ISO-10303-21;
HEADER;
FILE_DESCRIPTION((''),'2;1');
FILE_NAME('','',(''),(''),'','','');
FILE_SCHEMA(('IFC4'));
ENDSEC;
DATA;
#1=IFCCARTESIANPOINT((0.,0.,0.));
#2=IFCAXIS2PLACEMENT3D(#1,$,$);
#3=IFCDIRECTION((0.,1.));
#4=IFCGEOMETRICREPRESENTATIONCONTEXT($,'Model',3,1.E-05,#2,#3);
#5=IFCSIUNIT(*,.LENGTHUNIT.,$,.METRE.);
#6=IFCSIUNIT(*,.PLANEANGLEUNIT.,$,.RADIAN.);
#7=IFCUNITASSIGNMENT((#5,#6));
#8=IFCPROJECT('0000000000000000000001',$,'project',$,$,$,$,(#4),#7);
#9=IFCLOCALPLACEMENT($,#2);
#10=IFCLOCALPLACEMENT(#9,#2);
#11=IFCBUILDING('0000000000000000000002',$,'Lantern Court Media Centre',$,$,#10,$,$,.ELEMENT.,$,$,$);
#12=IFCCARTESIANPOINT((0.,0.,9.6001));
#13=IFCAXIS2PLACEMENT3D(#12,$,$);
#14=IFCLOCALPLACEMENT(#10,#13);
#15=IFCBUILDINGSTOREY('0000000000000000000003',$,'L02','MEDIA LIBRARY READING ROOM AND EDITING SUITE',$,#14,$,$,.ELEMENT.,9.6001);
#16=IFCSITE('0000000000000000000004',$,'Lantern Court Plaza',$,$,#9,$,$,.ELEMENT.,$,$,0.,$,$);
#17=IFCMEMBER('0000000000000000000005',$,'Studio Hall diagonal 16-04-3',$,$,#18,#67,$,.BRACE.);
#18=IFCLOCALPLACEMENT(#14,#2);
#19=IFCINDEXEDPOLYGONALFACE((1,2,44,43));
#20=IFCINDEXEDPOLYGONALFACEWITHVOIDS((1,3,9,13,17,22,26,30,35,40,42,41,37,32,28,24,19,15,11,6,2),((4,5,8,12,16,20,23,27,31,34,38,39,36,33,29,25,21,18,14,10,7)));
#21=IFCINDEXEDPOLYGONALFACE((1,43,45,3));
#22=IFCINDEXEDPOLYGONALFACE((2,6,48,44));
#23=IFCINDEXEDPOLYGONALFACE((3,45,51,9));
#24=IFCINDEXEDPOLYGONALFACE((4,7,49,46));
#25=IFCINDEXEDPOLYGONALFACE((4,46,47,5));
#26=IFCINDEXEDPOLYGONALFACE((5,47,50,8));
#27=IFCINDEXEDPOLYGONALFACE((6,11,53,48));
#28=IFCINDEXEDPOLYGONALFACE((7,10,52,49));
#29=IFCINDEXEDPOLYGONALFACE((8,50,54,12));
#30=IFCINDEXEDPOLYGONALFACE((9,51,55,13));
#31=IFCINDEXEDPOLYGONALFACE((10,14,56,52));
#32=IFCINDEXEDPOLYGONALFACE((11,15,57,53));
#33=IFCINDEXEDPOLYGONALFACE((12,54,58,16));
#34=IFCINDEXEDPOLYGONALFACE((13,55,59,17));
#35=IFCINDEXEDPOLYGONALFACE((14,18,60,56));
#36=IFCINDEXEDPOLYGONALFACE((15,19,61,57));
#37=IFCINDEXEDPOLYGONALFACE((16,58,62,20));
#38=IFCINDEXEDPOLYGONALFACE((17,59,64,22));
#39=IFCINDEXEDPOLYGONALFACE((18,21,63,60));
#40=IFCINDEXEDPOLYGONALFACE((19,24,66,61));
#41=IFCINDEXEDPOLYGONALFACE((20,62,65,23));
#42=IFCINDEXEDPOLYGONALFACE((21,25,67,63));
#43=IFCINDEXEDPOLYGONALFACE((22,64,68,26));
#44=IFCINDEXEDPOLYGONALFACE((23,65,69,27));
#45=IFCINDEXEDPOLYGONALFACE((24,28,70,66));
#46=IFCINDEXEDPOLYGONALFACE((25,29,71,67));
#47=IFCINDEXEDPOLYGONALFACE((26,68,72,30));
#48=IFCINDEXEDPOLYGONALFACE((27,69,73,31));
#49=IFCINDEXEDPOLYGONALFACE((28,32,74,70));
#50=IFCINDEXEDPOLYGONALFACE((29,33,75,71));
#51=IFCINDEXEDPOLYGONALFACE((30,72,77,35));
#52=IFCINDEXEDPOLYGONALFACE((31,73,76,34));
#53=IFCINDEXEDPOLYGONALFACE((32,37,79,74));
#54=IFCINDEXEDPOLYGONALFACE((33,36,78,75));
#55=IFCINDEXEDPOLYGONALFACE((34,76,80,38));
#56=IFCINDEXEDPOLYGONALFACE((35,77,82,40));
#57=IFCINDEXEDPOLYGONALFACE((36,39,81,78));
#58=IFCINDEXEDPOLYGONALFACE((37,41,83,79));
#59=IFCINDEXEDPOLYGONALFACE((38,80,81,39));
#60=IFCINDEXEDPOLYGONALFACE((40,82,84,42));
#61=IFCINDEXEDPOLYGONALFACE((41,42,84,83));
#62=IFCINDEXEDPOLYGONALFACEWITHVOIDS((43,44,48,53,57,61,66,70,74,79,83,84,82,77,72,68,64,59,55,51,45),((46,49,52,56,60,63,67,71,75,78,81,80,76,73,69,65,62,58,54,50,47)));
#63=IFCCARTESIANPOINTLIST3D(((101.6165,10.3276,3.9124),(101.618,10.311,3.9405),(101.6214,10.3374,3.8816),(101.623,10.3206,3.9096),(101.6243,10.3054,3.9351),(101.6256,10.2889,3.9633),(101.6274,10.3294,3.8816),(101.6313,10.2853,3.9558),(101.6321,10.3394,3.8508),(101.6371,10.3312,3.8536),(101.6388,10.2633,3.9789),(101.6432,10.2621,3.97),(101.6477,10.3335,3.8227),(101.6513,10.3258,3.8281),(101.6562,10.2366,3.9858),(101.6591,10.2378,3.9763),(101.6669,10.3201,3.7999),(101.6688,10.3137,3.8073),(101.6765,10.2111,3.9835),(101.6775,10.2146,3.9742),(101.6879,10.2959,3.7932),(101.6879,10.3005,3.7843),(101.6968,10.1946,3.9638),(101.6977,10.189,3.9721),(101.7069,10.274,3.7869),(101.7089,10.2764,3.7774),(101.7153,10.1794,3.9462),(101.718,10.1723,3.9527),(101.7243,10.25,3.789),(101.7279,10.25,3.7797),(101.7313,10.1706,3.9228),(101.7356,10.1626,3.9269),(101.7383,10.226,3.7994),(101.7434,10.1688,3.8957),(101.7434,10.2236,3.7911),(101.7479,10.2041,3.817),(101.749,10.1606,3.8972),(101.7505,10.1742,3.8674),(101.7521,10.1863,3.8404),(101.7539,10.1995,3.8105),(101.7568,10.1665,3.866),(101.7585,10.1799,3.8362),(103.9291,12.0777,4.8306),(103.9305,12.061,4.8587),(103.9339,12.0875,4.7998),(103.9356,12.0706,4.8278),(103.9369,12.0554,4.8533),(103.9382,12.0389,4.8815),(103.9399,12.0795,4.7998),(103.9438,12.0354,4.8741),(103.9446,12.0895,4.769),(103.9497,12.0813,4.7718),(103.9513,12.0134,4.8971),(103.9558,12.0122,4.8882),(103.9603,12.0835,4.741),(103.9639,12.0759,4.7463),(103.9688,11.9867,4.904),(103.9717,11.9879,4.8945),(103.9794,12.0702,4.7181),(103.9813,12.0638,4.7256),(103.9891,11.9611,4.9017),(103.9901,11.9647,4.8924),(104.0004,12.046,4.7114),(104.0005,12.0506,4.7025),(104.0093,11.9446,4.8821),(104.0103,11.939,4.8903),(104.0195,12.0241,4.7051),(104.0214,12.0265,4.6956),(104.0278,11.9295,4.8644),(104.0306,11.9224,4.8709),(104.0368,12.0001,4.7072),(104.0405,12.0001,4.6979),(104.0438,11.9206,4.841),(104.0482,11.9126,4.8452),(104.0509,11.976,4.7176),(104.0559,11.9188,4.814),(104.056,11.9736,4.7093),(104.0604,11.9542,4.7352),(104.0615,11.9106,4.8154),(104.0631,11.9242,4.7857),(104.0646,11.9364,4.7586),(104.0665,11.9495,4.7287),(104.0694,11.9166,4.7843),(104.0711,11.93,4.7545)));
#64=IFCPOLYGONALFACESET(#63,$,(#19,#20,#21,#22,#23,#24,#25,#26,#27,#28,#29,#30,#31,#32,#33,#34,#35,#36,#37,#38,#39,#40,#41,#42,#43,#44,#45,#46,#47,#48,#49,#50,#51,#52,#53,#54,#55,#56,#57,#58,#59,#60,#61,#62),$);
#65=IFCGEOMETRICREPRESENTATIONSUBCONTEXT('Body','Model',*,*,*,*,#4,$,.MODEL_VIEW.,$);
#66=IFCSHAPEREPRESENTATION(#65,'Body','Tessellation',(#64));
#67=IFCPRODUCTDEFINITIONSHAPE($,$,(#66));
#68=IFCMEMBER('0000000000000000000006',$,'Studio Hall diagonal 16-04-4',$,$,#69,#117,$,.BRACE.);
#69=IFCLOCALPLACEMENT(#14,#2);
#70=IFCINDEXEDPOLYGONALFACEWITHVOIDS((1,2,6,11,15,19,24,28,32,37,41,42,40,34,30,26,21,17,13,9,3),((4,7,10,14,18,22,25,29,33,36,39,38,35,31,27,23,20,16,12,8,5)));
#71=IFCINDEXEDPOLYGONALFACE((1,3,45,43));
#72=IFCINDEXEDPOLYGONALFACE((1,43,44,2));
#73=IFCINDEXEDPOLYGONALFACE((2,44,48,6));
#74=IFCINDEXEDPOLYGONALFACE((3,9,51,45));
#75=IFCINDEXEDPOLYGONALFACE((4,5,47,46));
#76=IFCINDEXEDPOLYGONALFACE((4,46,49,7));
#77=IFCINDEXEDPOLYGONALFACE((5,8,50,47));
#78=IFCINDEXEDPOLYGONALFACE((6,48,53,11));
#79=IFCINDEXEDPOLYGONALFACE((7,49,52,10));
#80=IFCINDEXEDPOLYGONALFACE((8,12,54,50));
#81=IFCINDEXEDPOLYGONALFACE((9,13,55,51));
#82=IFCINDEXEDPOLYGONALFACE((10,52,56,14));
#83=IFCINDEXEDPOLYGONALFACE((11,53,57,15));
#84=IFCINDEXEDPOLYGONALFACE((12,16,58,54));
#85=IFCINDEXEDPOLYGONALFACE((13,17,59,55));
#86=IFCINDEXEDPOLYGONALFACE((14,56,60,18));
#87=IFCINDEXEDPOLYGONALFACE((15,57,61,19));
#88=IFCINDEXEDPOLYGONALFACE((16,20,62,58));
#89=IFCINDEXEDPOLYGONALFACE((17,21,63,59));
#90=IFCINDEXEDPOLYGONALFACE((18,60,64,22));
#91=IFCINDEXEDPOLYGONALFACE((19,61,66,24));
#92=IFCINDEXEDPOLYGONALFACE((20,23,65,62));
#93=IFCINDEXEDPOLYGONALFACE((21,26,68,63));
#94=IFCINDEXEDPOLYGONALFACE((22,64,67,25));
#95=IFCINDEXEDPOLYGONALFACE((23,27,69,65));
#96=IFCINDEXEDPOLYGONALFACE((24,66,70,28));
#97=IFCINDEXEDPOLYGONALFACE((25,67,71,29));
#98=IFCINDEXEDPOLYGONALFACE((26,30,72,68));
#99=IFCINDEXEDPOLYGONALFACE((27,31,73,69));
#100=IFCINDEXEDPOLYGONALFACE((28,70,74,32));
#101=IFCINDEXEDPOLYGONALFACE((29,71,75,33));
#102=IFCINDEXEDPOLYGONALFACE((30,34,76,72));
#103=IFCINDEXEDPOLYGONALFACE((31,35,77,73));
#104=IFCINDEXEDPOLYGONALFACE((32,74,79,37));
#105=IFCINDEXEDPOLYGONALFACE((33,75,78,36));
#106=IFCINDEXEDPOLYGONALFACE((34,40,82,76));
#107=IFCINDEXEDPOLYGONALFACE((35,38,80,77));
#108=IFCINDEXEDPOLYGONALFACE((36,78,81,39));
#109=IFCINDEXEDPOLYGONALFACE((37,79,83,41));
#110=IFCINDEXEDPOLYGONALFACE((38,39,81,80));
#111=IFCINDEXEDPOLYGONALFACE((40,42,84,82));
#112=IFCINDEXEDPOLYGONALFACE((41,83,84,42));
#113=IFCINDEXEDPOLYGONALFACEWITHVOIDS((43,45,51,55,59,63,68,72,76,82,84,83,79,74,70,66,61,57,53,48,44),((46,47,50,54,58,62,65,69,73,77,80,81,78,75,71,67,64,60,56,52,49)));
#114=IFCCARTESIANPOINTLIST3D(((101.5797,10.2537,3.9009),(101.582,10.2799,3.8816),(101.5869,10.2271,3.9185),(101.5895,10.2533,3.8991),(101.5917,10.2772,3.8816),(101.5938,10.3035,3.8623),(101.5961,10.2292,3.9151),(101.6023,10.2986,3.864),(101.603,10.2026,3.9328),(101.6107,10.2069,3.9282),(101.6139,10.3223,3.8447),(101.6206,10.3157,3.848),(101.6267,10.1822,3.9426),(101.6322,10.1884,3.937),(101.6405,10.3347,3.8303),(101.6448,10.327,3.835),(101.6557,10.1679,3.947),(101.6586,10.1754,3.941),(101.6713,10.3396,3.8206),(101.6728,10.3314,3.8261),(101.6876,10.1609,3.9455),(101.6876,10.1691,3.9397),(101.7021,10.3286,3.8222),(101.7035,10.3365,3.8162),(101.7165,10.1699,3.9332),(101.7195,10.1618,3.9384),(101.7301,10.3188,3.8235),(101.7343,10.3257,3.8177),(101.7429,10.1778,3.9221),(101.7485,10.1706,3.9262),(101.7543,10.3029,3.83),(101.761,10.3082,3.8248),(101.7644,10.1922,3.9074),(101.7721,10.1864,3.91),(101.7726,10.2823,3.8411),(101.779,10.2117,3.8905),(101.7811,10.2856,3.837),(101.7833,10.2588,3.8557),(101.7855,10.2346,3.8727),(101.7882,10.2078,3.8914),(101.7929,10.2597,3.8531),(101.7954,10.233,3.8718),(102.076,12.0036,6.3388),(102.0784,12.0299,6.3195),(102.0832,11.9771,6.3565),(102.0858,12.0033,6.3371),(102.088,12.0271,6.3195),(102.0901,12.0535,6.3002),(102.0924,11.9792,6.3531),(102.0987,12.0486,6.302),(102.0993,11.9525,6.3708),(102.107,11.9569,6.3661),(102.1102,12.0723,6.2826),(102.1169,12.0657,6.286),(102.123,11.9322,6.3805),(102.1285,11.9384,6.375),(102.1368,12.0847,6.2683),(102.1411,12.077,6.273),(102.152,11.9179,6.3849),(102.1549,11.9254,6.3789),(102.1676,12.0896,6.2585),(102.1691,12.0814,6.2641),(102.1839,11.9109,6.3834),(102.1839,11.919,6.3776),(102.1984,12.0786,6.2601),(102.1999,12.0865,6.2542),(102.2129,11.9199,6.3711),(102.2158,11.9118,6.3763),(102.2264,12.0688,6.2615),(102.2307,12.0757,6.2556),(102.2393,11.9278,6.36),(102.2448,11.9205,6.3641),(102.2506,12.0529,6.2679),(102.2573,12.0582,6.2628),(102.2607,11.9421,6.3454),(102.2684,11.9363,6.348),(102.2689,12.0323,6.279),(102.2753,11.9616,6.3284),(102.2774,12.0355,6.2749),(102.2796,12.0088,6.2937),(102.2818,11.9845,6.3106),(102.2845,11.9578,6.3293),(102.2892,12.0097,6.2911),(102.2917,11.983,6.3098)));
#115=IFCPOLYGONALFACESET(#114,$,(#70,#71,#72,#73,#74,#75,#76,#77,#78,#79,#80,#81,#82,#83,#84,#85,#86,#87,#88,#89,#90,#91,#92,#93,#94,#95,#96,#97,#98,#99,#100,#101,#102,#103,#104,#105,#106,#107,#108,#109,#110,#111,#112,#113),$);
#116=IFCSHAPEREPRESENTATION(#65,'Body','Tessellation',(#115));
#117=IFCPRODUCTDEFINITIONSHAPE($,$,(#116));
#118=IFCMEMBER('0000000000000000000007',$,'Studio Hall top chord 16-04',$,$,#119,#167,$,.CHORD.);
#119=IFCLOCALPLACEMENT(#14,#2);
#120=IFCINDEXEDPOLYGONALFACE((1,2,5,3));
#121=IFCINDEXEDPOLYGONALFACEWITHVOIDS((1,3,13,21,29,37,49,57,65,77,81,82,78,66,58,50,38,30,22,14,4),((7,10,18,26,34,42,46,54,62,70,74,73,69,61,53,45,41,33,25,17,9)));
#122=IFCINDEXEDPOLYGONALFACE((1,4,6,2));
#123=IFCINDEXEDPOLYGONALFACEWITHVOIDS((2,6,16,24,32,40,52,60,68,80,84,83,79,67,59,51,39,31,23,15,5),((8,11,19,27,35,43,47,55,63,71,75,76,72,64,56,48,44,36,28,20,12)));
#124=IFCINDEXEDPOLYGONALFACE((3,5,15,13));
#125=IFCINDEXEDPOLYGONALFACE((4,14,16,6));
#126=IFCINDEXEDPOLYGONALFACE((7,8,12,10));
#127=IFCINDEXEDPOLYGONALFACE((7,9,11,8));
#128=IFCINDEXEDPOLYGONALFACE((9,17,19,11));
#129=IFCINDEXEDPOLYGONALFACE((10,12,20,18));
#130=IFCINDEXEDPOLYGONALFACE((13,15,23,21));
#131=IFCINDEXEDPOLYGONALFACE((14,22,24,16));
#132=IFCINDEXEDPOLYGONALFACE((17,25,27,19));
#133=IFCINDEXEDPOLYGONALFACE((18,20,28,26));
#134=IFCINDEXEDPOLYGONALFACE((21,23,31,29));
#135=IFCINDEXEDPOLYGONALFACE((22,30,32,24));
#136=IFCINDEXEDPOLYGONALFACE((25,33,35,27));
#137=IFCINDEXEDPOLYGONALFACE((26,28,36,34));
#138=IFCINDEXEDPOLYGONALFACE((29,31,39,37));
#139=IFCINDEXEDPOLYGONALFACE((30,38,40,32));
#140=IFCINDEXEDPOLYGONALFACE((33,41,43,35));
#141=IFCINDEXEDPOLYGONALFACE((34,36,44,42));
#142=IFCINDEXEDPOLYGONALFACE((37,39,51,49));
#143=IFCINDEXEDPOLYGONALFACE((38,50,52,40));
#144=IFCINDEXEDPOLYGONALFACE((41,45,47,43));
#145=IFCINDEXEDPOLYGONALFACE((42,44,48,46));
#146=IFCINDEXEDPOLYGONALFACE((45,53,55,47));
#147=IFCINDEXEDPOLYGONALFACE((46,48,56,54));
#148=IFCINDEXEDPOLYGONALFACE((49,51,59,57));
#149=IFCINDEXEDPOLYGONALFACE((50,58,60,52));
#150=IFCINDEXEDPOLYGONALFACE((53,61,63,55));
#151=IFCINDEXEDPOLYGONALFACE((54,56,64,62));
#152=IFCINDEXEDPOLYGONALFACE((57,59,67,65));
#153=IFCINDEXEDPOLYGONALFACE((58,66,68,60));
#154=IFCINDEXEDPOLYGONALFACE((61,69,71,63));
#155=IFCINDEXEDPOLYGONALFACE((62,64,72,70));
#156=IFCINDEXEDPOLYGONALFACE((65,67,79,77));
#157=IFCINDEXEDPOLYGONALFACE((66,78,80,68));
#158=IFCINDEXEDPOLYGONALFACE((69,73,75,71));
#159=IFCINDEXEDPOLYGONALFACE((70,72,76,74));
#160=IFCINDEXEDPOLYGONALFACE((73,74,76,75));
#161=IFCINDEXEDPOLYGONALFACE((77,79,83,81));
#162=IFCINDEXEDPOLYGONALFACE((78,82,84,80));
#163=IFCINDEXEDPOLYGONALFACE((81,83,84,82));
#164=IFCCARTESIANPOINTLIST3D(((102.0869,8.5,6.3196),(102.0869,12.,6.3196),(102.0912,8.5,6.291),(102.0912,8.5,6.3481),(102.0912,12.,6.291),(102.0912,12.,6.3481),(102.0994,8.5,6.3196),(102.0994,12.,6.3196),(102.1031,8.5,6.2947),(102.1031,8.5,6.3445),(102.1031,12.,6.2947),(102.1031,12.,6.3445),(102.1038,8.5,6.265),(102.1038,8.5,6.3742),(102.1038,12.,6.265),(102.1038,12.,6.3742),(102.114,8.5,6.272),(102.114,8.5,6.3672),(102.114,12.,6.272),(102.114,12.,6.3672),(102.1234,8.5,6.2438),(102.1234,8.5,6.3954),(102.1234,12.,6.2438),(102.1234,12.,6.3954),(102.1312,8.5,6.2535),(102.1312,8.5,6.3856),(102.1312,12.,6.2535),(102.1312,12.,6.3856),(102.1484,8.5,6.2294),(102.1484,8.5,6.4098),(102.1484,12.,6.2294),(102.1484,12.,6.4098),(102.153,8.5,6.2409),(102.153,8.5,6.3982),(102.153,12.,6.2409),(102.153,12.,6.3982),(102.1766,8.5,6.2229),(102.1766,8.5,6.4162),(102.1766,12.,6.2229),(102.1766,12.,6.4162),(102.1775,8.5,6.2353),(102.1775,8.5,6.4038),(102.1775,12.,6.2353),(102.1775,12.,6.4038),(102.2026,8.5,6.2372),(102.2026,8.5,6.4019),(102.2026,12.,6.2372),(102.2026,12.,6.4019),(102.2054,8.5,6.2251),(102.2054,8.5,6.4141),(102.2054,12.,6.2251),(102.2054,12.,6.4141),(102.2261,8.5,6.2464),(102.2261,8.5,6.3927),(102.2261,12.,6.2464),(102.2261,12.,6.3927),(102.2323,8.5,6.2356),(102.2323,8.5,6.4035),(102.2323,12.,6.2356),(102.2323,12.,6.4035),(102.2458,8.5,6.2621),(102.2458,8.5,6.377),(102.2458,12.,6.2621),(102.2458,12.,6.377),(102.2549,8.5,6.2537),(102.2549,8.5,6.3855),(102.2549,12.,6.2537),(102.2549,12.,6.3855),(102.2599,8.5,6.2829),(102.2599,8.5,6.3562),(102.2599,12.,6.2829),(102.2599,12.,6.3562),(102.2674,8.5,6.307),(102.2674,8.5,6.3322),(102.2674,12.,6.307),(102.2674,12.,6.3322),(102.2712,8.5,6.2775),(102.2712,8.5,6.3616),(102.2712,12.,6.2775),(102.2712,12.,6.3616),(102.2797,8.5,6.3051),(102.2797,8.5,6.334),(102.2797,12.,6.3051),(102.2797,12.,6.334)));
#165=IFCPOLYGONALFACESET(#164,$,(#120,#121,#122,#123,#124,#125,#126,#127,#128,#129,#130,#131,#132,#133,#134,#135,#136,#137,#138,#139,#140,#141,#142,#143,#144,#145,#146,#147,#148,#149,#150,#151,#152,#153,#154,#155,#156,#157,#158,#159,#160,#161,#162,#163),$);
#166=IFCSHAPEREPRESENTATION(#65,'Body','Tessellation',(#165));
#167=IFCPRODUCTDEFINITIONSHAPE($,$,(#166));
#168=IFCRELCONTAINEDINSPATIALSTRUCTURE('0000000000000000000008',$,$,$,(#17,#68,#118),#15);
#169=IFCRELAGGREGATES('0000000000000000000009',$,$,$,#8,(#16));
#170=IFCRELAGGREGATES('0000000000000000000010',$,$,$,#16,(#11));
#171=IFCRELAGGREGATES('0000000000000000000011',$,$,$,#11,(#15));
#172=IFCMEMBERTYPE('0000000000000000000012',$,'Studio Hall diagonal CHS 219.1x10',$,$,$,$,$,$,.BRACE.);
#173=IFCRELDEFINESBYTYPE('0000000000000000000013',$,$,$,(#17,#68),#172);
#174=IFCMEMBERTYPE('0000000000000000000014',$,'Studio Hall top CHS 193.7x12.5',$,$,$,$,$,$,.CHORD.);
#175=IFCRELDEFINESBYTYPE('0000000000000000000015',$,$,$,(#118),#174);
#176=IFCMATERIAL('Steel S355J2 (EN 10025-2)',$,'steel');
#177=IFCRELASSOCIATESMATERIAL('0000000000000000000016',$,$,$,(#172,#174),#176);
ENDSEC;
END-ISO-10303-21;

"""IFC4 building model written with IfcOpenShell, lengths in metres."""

from ifc_helpers import new_model, si_unit, direction, frame, origin, origin_2d, place, context, subcontext, project, spatial, hollow_circle, extrude, material, material_profile, profile_set, type_object, element, save


model = new_model("IFC4")

# Units and contexts
model_context = context("Model", 3, precision=1e-05, world=origin(), true_north=direction((0.0, 1.0)))
body_context = subcontext(model_context, "Body", "Model", "MODEL_VIEW")
ifc_project = project(units=[si_unit("LENGTHUNIT", "METRE"), si_unit("PLANEANGLEUNIT", "RADIAN")], contexts=[model_context])

# Site, building, storey
site_placement = place(None, origin())
site = spatial("IfcSite", under=ifc_project, at=site_placement, Name="Lantern Court Plaza", CompositionType="ELEMENT", RefElevation=0.0)
building_placement = place(site_placement, origin())
building = spatial("IfcBuilding", under=site, at=building_placement, Name="Lantern Court Media Centre", CompositionType="ELEMENT")
storey_placement = place(building_placement, frame((0.0, 0.0, 9.6001)))
storey = spatial("IfcBuildingStorey", under=building, at=storey_placement, Name="L02", Description="MEDIA LIBRARY READING ROOM AND EDITING SUITE", CompositionType="ELEMENT", Elevation=9.6001)

# Members
ifc_material_1 = material(Name="Steel S355J2 (EN 10025-2)", Category="steel")
ifc_material_profile_1 = material_profile(ifc_material_1, hollow_circle(Radius=0.1096, WallThickness=0.01, at=origin_2d()), Name="Studio Hall diagonal CHS 219.1x10")
ifc_profile_set_1 = profile_set([ifc_material_profile_1], Name="Steel S355J2 (EN 10025-2)")
member_type_1 = type_object("IfcMemberType", Name="Studio Hall diagonal CHS 219.1x10", PredefinedType="BRACE", material=ifc_profile_set_1)
for number, where, z_axis, x_axis, name in (
    (1, (101.6875, 10.25, 3.8816), (0.760211, 0.575295, 0.301853), (-0.603443, 0.797406, 0.0), "Studio Hall diagonal 16-04-3"),
):
    element("IfcMember", number, at=place(storey_placement, frame(where, z_axis=z_axis, x_axis=x_axis)), inside=storey, type_object=member_type_1, Name=name, PredefinedType="BRACE", context=body_context, shape_type="SweptSolid", body=[
        extrude(hollow_circle(Radius=0.1096, WallThickness=0.01, at=origin_2d()), origin(), (0.0, 0.0, 1.0), 3.042),
    ])
member_1_placement = place(storey_placement, frame((101.6875, 10.25, 3.8816), z_axis=(0.163172, 0.575314, 0.801491), x_axis=(-0.962054, 0.272859, 0.0)))
element("IfcMember", 2, at=member_1_placement, inside=storey, type_object=member_type_1, Name="Studio Hall diagonal 16-04-4", PredefinedType="BRACE", context=body_context, shape_type="SweptSolid", body=[
    extrude(hollow_circle(Radius=0.1096, WallThickness=0.01, at=origin_2d()), origin(), (0.0, 0.0, 1.0), 3.0417),
])
ifc_material_profile_2 = material_profile(ifc_material_1, hollow_circle(Radius=0.0969, WallThickness=0.0125, at=origin_2d()), Name="Studio Hall top CHS 193.7x12.5")
ifc_profile_set_2 = profile_set([ifc_material_profile_2], Name="Steel S355J2 (EN 10025-2)")
member_type_2 = type_object("IfcMemberType", Name="Studio Hall top CHS 193.7x12.5", PredefinedType="CHORD", material=ifc_profile_set_2)
member_2_placement = place(storey_placement, frame((102.1838, 8.5, 6.3196), z_axis=(0.0, 1.0, 0.0), x_axis=(-1.0, 0.0, 0.0)))
element("IfcMember", 3, at=member_2_placement, inside=storey, type_object=member_type_2, Name="Studio Hall top chord 16-04", PredefinedType="CHORD", context=body_context, shape_type="SweptSolid", body=[
    extrude(hollow_circle(Radius=0.0969, WallThickness=0.0125, at=origin_2d()), origin(), (0.0, 0.0, 1.0), 3.5),
])

save(model, "model.ifc")
